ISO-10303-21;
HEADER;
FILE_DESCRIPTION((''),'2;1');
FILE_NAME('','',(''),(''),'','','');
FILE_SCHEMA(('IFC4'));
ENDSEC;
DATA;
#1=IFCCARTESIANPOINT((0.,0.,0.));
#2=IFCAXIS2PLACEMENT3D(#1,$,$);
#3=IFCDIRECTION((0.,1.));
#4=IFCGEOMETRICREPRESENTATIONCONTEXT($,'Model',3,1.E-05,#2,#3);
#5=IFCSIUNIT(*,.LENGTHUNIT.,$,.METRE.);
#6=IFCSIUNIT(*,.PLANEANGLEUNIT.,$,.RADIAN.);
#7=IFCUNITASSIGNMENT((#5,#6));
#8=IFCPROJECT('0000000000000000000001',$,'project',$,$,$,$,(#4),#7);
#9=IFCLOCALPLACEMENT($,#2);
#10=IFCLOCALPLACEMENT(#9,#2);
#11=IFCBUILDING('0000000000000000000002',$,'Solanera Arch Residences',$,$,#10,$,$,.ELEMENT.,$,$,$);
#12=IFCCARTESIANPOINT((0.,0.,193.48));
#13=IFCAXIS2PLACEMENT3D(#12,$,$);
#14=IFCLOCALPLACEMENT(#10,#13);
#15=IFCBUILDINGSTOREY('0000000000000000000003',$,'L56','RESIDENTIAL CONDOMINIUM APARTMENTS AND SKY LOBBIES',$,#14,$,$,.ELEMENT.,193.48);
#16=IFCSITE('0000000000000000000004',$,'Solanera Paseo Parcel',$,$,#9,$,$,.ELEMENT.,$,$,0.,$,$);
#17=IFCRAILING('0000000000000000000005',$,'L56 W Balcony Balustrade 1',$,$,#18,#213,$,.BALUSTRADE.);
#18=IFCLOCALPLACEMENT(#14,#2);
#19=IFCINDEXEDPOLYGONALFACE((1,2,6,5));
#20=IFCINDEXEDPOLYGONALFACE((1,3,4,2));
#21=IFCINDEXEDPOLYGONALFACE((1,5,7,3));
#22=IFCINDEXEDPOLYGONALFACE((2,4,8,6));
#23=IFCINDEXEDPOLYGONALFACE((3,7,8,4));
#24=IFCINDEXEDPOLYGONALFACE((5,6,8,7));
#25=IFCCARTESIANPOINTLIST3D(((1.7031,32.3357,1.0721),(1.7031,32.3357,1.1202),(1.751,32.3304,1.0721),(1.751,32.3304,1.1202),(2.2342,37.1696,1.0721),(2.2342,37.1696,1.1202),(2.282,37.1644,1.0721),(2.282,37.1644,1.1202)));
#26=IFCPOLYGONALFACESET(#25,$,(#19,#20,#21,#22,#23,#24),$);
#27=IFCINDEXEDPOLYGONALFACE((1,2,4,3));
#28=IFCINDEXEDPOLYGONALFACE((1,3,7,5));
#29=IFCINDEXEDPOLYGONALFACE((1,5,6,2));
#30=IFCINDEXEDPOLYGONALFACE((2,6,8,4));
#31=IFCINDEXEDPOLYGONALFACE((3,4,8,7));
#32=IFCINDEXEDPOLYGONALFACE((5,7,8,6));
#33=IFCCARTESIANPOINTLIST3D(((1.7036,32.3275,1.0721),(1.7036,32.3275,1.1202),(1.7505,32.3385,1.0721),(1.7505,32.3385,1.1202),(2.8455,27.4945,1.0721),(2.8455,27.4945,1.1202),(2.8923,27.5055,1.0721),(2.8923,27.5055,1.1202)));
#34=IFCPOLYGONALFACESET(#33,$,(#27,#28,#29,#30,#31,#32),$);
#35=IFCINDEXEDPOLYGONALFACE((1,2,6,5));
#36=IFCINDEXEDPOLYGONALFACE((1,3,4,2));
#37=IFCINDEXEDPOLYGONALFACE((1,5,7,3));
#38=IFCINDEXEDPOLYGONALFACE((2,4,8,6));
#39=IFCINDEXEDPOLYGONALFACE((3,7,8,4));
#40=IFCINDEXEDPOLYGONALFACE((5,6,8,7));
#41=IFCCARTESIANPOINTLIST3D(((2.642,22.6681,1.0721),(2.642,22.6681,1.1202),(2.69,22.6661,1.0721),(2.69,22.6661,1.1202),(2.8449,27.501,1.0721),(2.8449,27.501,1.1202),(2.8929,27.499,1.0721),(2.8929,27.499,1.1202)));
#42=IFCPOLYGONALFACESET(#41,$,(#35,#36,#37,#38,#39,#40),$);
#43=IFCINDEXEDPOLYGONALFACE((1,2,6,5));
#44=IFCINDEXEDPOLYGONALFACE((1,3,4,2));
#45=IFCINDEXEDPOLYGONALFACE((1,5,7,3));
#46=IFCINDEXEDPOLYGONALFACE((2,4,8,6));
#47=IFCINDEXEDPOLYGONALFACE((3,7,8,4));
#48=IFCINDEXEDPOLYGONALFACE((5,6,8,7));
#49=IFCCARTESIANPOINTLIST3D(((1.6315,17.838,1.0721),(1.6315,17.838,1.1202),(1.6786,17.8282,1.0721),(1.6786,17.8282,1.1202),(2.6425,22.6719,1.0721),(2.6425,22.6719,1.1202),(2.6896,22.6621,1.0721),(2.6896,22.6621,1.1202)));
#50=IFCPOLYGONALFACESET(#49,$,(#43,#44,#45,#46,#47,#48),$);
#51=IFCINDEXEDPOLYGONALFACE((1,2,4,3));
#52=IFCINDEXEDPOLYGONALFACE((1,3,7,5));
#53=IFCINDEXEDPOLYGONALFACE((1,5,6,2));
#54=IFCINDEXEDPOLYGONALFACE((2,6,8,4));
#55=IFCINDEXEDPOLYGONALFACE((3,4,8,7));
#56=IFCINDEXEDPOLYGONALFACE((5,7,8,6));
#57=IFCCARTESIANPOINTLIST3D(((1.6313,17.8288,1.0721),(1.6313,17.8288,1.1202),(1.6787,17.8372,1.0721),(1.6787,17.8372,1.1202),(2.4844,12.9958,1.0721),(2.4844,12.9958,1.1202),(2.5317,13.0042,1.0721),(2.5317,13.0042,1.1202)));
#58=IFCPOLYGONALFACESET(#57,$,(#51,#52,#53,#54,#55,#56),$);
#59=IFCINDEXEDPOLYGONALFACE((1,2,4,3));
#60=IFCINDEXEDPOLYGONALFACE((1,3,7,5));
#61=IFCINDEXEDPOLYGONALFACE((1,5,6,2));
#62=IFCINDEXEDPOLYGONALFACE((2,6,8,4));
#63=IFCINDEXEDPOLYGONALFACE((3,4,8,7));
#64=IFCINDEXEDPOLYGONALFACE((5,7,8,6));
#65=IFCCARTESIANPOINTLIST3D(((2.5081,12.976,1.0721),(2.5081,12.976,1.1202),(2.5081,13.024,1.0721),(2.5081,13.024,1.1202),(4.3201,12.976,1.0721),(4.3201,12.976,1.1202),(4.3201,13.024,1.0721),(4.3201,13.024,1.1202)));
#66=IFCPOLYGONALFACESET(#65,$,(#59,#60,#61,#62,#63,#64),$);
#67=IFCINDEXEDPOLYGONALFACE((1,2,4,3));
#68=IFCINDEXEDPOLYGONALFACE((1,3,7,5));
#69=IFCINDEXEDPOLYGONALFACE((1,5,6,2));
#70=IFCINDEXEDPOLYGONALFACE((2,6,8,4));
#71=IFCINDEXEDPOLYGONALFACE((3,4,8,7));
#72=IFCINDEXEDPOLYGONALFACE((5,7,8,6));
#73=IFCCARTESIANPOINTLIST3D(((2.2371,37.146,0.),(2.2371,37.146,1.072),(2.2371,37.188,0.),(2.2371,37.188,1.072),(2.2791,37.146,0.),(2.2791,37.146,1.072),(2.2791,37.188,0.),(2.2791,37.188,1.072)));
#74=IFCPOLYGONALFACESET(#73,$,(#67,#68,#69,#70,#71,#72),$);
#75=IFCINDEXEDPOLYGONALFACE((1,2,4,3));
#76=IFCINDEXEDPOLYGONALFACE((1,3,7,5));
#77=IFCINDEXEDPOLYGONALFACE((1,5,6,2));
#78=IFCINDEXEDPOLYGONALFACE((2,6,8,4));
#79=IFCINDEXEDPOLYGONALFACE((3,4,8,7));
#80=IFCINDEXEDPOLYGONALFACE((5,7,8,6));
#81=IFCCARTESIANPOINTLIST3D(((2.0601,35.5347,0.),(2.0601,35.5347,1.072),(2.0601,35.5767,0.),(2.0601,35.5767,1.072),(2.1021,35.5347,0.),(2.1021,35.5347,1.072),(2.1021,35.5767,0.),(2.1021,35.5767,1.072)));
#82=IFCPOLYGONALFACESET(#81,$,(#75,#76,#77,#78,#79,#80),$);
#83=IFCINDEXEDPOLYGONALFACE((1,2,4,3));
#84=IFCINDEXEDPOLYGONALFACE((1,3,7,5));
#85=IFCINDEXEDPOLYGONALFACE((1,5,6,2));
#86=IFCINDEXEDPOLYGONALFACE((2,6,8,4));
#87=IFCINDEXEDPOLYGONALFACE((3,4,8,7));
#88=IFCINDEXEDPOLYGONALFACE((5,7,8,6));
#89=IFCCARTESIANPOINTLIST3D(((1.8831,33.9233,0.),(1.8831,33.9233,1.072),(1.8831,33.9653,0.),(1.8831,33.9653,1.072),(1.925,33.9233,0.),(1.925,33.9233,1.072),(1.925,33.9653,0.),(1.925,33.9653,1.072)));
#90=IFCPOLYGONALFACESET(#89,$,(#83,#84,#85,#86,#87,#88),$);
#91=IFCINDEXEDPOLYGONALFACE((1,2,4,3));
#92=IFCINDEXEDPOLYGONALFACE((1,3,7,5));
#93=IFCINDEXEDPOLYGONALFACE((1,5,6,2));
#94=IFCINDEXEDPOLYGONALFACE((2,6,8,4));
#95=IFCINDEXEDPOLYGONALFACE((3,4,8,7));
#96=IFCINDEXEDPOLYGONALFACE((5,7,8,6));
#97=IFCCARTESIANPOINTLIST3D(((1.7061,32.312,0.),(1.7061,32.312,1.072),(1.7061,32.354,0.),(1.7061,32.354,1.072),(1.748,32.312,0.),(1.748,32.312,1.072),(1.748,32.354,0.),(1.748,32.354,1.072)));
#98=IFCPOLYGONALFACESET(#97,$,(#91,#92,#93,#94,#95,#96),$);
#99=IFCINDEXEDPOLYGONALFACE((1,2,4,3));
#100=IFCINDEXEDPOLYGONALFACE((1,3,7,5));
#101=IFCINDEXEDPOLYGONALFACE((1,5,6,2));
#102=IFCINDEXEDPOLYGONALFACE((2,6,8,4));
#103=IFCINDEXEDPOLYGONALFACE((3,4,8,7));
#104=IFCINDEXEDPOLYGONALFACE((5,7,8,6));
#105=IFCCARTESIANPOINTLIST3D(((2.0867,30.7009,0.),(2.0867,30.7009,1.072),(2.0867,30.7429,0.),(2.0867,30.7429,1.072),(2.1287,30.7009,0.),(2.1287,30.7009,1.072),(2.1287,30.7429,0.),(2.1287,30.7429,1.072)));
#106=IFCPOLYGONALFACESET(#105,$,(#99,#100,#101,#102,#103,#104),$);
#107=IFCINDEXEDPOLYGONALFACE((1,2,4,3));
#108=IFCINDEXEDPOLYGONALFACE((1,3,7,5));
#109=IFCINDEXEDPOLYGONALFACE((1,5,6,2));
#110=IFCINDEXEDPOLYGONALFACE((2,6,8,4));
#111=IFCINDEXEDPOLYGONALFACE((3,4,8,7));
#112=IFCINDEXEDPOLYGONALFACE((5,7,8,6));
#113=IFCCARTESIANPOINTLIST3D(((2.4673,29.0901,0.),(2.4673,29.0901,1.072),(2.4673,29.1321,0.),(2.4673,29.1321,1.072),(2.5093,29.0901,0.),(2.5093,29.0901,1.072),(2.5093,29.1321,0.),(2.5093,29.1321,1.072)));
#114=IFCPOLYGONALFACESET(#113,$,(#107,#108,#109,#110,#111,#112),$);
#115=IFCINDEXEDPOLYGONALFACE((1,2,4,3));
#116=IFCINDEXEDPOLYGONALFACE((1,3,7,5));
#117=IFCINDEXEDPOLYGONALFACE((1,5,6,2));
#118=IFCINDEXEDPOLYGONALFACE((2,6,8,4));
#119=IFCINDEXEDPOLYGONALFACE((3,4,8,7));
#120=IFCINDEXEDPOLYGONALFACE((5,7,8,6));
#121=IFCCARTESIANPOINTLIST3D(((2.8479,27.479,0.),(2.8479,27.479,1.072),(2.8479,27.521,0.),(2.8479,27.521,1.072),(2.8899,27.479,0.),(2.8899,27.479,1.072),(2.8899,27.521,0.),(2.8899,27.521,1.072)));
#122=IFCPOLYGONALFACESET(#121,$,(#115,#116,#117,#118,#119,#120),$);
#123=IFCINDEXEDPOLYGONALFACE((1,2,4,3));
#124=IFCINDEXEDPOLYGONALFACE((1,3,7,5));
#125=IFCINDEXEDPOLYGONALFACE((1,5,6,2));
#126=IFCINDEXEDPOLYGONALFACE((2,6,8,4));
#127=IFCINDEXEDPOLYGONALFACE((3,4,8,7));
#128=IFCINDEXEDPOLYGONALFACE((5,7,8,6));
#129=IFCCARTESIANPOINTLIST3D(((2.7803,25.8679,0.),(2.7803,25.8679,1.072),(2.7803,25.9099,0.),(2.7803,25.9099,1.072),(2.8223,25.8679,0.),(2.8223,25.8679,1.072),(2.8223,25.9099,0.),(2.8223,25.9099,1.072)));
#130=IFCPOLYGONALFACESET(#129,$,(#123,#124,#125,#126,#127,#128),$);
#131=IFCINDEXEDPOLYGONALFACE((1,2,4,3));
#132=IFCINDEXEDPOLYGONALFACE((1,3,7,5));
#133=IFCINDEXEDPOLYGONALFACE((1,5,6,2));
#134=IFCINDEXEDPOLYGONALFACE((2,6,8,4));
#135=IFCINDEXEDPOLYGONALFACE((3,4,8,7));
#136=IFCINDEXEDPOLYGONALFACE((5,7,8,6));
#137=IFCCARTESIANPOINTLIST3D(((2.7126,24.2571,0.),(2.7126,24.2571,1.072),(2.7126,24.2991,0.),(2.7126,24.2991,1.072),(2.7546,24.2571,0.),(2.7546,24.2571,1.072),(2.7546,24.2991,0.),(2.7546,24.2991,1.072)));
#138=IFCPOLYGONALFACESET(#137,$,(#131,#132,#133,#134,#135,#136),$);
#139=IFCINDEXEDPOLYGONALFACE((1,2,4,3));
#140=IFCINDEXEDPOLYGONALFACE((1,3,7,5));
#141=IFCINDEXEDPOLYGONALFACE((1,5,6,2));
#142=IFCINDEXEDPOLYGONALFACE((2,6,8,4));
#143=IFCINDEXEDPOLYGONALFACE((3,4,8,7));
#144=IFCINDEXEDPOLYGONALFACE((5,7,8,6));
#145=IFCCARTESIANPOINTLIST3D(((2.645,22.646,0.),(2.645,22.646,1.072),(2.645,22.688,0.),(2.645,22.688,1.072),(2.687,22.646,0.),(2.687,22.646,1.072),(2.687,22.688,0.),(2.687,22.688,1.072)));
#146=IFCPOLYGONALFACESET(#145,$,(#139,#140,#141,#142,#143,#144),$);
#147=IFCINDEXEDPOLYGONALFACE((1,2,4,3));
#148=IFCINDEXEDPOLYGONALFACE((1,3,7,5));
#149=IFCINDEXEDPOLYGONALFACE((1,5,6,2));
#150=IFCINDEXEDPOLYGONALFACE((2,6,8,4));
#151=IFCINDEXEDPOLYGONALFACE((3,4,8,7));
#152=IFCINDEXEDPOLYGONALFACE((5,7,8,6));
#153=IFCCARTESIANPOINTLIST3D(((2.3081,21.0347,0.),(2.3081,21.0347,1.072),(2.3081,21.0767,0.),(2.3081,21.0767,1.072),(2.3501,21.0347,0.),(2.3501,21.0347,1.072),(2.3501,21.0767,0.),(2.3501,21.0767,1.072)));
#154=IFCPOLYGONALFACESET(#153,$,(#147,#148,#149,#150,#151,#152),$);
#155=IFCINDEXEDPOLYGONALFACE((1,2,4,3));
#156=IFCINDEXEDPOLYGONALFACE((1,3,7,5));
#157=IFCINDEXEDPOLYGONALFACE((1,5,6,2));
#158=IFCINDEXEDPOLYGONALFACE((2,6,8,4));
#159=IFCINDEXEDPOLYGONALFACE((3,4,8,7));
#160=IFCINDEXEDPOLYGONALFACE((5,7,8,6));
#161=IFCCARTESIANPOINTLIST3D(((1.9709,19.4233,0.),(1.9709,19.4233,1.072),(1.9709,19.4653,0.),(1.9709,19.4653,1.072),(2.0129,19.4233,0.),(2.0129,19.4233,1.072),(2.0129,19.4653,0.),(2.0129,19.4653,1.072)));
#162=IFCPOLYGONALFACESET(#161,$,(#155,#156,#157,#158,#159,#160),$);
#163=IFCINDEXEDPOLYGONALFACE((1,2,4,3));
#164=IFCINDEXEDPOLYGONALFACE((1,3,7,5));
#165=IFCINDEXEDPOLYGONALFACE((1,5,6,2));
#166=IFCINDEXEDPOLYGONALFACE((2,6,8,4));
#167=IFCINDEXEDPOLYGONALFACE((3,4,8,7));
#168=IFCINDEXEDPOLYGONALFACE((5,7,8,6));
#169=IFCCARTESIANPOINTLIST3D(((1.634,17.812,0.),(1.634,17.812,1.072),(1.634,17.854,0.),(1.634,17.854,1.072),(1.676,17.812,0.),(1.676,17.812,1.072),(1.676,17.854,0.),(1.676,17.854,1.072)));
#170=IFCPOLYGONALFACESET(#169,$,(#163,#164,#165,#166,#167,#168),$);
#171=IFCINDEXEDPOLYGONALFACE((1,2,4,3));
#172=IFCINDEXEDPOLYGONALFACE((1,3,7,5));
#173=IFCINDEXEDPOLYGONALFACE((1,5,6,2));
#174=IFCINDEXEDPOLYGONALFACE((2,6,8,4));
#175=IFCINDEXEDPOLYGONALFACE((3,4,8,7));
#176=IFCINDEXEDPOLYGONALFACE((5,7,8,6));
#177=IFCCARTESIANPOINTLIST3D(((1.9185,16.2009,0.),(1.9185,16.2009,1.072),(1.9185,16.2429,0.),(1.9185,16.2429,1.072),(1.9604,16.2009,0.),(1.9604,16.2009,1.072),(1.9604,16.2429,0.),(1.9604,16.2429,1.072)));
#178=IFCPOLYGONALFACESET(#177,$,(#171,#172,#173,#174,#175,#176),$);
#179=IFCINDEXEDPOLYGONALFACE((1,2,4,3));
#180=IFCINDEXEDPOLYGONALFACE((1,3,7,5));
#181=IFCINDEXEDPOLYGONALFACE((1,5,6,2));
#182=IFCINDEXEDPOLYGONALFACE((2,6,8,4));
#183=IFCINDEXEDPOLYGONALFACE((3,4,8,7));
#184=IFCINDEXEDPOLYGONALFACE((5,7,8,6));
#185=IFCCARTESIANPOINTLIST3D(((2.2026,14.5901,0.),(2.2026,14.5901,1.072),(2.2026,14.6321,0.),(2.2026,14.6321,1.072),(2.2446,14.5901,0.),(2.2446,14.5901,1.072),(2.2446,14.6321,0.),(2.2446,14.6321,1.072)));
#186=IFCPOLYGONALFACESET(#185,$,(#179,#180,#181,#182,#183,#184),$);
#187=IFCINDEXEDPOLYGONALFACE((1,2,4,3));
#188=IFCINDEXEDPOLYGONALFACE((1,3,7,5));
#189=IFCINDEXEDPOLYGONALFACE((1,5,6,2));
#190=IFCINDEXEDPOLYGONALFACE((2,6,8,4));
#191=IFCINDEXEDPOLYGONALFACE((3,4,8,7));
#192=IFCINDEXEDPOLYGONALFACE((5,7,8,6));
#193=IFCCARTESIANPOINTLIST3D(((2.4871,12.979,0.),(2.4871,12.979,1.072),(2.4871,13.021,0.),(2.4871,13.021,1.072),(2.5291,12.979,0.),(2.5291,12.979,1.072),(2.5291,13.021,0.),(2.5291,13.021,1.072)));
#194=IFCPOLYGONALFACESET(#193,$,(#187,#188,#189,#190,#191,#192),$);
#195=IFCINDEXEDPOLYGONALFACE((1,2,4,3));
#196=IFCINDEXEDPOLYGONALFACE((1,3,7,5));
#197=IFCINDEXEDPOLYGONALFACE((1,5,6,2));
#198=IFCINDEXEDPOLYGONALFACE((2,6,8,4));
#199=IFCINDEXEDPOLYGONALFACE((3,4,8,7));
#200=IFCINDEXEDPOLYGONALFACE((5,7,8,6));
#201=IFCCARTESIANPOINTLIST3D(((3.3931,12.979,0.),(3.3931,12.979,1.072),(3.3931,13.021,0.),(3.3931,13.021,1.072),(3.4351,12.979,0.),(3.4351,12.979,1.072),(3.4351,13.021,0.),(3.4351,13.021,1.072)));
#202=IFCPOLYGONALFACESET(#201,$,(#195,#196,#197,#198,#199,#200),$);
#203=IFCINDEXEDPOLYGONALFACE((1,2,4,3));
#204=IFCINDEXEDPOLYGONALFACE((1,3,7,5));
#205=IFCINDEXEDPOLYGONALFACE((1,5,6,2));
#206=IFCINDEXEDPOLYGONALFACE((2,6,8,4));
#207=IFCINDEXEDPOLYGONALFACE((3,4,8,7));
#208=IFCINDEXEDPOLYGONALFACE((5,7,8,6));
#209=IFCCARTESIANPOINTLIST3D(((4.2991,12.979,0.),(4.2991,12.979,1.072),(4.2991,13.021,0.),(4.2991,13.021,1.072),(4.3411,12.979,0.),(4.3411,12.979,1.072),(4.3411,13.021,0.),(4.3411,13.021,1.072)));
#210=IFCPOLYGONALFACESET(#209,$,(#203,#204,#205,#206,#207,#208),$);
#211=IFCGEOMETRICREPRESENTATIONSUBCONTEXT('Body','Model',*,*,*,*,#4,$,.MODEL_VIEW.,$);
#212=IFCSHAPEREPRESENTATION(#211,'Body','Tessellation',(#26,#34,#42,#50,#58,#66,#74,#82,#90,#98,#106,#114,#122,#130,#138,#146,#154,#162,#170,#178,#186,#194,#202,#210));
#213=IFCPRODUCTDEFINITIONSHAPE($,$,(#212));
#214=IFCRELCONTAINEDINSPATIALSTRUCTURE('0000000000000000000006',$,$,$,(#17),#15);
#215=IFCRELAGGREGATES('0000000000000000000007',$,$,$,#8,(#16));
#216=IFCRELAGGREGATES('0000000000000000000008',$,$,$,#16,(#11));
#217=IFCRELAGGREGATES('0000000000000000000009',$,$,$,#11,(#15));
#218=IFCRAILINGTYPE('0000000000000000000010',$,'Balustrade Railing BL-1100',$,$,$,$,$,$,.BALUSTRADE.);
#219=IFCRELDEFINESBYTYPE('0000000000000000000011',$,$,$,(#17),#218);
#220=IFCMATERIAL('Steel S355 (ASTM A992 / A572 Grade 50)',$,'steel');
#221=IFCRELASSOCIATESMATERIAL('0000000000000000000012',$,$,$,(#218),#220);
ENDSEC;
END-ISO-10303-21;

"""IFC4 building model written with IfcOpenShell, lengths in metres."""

from ifc_helpers import new_model, si_unit, direction, frame, origin, origin_2d, place, context, subcontext, project, spatial, rectangle, extrude, material, type_object, element, save


model = new_model("IFC4")

# Units and contexts
model_context = context("Model", 3, precision=1e-05, world=origin(), true_north=direction((0.0, 1.0)))
body_context = subcontext(model_context, "Body", "Model", "MODEL_VIEW")
ifc_project = project(units=[si_unit("LENGTHUNIT", "METRE"), si_unit("PLANEANGLEUNIT", "RADIAN")], contexts=[model_context])

# Site, building, storey
site_placement = place(None, origin())
site = spatial("IfcSite", under=ifc_project, at=site_placement, Name="Solanera Paseo Parcel", CompositionType="ELEMENT", RefElevation=0.0)
building_placement = place(site_placement, origin())
building = spatial("IfcBuilding", under=site, at=building_placement, Name="Solanera Arch Residences", CompositionType="ELEMENT")
storey_placement = place(building_placement, frame((0.0, 0.0, 193.48)))
storey = spatial("IfcBuildingStorey", under=building, at=storey_placement, Name="L56", Description="RESIDENTIAL CONDOMINIUM APARTMENTS AND SKY LOBBIES", CompositionType="ELEMENT", Elevation=193.48)

# Railing
ifc_material_1 = material(Name="Steel S355 (ASTM A992 / A572 Grade 50)", Category="steel")
railing_type = type_object("IfcRailingType", Name="Balustrade Railing BL-1100", PredefinedType="BALUSTRADE", material=ifc_material_1)
railing_placement = place(storey_placement, frame((2.2581, 37.167, 0.0)))
element("IfcRailing", 1, at=railing_placement, inside=storey, type_object=railing_type, Name="L56 W Balcony Balustrade 1", PredefinedType="BALUSTRADE", context=body_context, shape_type="SweptSolid", body=[
    extrude(rectangle(XDim=0.0481, YDim=0.0481, at=origin_2d()), frame((0.0, 0.0, 1.0962), z_axis=(-0.109192, -0.994021, 0.0), x_axis=(0.994021, -0.109192, 0.0)), (0.0, 0.0, 1.0), 4.863),
    extrude(rectangle(XDim=0.0481, YDim=0.0481, at=origin_2d()), frame((-0.531, -4.834, 1.0962), z_axis=(0.22993, -0.973207, 0.0), x_axis=(0.973207, 0.22993, 0.0)), (0.0, 0.0, 1.0), 4.9661),
    extrude(rectangle(XDim=0.0481, YDim=0.0481, at=origin_2d()), frame((0.6108, -9.667, 1.0962), z_axis=(-0.041941, -0.99912, 0.0), x_axis=(0.99912, -0.041941, 0.0)), (0.0, 0.0, 1.0), 4.8372),
    extrude(rectangle(XDim=0.0481, YDim=0.0481, at=origin_2d()), frame((0.408, -14.5, 1.0962), z_axis=(-0.204712, -0.978822, 0.0), x_axis=(0.978822, -0.204712, 0.0)), (0.0, 0.0, 1.0), 4.9385),
    extrude(rectangle(XDim=0.0481, YDim=0.0481, at=origin_2d()), frame((-0.603, -19.334, 1.0962), z_axis=(0.173814, -0.984779, 0.0), x_axis=(0.984779, 0.173814, 0.0)), (0.0, 0.0, 1.0), 4.9077),
    extrude(rectangle(XDim=0.0481, YDim=0.0481, at=origin_2d()), frame((0.25, -24.167, 1.0962), z_axis=(1.0, 0.0, 0.0), x_axis=(0.0, 1.0, 0.0)), (0.0, 0.0, 1.0), 1.812),
    extrude(rectangle(XDim=0.042, YDim=0.042, at=origin_2d()), origin(), (0.0, 0.0, 1.0), 1.072),
    extrude(rectangle(XDim=0.042, YDim=0.042, at=origin_2d()), frame((-0.177, -1.6113, 0.0)), (0.0, 0.0, 1.0), 1.072),
    extrude(rectangle(XDim=0.042, YDim=0.042, at=origin_2d()), frame((-0.354, -3.2227, 0.0)), (0.0, 0.0, 1.0), 1.072),
    extrude(rectangle(XDim=0.042, YDim=0.042, at=origin_2d()), frame((-0.531, -4.834, 0.0)), (0.0, 0.0, 1.0), 1.072),
    extrude(rectangle(XDim=0.042, YDim=0.042, at=origin_2d()), frame((-0.1504, -6.4451, 0.0)), (0.0, 0.0, 1.0), 1.072),
    extrude(rectangle(XDim=0.042, YDim=0.042, at=origin_2d()), frame((0.2302, -8.0559, 0.0)), (0.0, 0.0, 1.0), 1.072),
    extrude(rectangle(XDim=0.042, YDim=0.042, at=origin_2d()), frame((0.6108, -9.667, 0.0)), (0.0, 0.0, 1.0), 1.072),
    extrude(rectangle(XDim=0.042, YDim=0.042, at=origin_2d()), frame((0.5432, -11.2781, 0.0)), (0.0, 0.0, 1.0), 1.072),
    extrude(rectangle(XDim=0.042, YDim=0.042, at=origin_2d()), frame((0.4756, -12.8889, 0.0)), (0.0, 0.0, 1.0), 1.072),
    extrude(rectangle(XDim=0.042, YDim=0.042, at=origin_2d()), frame((0.408, -14.5, 0.0)), (0.0, 0.0, 1.0), 1.072),
    extrude(rectangle(XDim=0.042, YDim=0.042, at=origin_2d()), frame((0.071, -16.1113, 0.0)), (0.0, 0.0, 1.0), 1.072),
    extrude(rectangle(XDim=0.042, YDim=0.042, at=origin_2d()), frame((-0.2661, -17.7227, 0.0)), (0.0, 0.0, 1.0), 1.072),
    extrude(rectangle(XDim=0.042, YDim=0.042, at=origin_2d()), frame((-0.603, -19.334, 0.0)), (0.0, 0.0, 1.0), 1.072),
    extrude(rectangle(XDim=0.042, YDim=0.042, at=origin_2d()), frame((-0.3186, -20.9451, 0.0)), (0.0, 0.0, 1.0), 1.072),
    extrude(rectangle(XDim=0.042, YDim=0.042, at=origin_2d()), frame((-0.0344, -22.5559, 0.0)), (0.0, 0.0, 1.0), 1.072),
    extrude(rectangle(XDim=0.042, YDim=0.042, at=origin_2d()), frame((0.25, -24.167, 0.0)), (0.0, 0.0, 1.0), 1.072),
    extrude(rectangle(XDim=0.042, YDim=0.042, at=origin_2d()), frame((1.156, -24.167, 0.0)), (0.0, 0.0, 1.0), 1.072),
    extrude(rectangle(XDim=0.042, YDim=0.042, at=origin_2d()), frame((2.062, -24.167, 0.0)), (0.0, 0.0, 1.0), 1.072),
])

save(model, "model.ifc")
